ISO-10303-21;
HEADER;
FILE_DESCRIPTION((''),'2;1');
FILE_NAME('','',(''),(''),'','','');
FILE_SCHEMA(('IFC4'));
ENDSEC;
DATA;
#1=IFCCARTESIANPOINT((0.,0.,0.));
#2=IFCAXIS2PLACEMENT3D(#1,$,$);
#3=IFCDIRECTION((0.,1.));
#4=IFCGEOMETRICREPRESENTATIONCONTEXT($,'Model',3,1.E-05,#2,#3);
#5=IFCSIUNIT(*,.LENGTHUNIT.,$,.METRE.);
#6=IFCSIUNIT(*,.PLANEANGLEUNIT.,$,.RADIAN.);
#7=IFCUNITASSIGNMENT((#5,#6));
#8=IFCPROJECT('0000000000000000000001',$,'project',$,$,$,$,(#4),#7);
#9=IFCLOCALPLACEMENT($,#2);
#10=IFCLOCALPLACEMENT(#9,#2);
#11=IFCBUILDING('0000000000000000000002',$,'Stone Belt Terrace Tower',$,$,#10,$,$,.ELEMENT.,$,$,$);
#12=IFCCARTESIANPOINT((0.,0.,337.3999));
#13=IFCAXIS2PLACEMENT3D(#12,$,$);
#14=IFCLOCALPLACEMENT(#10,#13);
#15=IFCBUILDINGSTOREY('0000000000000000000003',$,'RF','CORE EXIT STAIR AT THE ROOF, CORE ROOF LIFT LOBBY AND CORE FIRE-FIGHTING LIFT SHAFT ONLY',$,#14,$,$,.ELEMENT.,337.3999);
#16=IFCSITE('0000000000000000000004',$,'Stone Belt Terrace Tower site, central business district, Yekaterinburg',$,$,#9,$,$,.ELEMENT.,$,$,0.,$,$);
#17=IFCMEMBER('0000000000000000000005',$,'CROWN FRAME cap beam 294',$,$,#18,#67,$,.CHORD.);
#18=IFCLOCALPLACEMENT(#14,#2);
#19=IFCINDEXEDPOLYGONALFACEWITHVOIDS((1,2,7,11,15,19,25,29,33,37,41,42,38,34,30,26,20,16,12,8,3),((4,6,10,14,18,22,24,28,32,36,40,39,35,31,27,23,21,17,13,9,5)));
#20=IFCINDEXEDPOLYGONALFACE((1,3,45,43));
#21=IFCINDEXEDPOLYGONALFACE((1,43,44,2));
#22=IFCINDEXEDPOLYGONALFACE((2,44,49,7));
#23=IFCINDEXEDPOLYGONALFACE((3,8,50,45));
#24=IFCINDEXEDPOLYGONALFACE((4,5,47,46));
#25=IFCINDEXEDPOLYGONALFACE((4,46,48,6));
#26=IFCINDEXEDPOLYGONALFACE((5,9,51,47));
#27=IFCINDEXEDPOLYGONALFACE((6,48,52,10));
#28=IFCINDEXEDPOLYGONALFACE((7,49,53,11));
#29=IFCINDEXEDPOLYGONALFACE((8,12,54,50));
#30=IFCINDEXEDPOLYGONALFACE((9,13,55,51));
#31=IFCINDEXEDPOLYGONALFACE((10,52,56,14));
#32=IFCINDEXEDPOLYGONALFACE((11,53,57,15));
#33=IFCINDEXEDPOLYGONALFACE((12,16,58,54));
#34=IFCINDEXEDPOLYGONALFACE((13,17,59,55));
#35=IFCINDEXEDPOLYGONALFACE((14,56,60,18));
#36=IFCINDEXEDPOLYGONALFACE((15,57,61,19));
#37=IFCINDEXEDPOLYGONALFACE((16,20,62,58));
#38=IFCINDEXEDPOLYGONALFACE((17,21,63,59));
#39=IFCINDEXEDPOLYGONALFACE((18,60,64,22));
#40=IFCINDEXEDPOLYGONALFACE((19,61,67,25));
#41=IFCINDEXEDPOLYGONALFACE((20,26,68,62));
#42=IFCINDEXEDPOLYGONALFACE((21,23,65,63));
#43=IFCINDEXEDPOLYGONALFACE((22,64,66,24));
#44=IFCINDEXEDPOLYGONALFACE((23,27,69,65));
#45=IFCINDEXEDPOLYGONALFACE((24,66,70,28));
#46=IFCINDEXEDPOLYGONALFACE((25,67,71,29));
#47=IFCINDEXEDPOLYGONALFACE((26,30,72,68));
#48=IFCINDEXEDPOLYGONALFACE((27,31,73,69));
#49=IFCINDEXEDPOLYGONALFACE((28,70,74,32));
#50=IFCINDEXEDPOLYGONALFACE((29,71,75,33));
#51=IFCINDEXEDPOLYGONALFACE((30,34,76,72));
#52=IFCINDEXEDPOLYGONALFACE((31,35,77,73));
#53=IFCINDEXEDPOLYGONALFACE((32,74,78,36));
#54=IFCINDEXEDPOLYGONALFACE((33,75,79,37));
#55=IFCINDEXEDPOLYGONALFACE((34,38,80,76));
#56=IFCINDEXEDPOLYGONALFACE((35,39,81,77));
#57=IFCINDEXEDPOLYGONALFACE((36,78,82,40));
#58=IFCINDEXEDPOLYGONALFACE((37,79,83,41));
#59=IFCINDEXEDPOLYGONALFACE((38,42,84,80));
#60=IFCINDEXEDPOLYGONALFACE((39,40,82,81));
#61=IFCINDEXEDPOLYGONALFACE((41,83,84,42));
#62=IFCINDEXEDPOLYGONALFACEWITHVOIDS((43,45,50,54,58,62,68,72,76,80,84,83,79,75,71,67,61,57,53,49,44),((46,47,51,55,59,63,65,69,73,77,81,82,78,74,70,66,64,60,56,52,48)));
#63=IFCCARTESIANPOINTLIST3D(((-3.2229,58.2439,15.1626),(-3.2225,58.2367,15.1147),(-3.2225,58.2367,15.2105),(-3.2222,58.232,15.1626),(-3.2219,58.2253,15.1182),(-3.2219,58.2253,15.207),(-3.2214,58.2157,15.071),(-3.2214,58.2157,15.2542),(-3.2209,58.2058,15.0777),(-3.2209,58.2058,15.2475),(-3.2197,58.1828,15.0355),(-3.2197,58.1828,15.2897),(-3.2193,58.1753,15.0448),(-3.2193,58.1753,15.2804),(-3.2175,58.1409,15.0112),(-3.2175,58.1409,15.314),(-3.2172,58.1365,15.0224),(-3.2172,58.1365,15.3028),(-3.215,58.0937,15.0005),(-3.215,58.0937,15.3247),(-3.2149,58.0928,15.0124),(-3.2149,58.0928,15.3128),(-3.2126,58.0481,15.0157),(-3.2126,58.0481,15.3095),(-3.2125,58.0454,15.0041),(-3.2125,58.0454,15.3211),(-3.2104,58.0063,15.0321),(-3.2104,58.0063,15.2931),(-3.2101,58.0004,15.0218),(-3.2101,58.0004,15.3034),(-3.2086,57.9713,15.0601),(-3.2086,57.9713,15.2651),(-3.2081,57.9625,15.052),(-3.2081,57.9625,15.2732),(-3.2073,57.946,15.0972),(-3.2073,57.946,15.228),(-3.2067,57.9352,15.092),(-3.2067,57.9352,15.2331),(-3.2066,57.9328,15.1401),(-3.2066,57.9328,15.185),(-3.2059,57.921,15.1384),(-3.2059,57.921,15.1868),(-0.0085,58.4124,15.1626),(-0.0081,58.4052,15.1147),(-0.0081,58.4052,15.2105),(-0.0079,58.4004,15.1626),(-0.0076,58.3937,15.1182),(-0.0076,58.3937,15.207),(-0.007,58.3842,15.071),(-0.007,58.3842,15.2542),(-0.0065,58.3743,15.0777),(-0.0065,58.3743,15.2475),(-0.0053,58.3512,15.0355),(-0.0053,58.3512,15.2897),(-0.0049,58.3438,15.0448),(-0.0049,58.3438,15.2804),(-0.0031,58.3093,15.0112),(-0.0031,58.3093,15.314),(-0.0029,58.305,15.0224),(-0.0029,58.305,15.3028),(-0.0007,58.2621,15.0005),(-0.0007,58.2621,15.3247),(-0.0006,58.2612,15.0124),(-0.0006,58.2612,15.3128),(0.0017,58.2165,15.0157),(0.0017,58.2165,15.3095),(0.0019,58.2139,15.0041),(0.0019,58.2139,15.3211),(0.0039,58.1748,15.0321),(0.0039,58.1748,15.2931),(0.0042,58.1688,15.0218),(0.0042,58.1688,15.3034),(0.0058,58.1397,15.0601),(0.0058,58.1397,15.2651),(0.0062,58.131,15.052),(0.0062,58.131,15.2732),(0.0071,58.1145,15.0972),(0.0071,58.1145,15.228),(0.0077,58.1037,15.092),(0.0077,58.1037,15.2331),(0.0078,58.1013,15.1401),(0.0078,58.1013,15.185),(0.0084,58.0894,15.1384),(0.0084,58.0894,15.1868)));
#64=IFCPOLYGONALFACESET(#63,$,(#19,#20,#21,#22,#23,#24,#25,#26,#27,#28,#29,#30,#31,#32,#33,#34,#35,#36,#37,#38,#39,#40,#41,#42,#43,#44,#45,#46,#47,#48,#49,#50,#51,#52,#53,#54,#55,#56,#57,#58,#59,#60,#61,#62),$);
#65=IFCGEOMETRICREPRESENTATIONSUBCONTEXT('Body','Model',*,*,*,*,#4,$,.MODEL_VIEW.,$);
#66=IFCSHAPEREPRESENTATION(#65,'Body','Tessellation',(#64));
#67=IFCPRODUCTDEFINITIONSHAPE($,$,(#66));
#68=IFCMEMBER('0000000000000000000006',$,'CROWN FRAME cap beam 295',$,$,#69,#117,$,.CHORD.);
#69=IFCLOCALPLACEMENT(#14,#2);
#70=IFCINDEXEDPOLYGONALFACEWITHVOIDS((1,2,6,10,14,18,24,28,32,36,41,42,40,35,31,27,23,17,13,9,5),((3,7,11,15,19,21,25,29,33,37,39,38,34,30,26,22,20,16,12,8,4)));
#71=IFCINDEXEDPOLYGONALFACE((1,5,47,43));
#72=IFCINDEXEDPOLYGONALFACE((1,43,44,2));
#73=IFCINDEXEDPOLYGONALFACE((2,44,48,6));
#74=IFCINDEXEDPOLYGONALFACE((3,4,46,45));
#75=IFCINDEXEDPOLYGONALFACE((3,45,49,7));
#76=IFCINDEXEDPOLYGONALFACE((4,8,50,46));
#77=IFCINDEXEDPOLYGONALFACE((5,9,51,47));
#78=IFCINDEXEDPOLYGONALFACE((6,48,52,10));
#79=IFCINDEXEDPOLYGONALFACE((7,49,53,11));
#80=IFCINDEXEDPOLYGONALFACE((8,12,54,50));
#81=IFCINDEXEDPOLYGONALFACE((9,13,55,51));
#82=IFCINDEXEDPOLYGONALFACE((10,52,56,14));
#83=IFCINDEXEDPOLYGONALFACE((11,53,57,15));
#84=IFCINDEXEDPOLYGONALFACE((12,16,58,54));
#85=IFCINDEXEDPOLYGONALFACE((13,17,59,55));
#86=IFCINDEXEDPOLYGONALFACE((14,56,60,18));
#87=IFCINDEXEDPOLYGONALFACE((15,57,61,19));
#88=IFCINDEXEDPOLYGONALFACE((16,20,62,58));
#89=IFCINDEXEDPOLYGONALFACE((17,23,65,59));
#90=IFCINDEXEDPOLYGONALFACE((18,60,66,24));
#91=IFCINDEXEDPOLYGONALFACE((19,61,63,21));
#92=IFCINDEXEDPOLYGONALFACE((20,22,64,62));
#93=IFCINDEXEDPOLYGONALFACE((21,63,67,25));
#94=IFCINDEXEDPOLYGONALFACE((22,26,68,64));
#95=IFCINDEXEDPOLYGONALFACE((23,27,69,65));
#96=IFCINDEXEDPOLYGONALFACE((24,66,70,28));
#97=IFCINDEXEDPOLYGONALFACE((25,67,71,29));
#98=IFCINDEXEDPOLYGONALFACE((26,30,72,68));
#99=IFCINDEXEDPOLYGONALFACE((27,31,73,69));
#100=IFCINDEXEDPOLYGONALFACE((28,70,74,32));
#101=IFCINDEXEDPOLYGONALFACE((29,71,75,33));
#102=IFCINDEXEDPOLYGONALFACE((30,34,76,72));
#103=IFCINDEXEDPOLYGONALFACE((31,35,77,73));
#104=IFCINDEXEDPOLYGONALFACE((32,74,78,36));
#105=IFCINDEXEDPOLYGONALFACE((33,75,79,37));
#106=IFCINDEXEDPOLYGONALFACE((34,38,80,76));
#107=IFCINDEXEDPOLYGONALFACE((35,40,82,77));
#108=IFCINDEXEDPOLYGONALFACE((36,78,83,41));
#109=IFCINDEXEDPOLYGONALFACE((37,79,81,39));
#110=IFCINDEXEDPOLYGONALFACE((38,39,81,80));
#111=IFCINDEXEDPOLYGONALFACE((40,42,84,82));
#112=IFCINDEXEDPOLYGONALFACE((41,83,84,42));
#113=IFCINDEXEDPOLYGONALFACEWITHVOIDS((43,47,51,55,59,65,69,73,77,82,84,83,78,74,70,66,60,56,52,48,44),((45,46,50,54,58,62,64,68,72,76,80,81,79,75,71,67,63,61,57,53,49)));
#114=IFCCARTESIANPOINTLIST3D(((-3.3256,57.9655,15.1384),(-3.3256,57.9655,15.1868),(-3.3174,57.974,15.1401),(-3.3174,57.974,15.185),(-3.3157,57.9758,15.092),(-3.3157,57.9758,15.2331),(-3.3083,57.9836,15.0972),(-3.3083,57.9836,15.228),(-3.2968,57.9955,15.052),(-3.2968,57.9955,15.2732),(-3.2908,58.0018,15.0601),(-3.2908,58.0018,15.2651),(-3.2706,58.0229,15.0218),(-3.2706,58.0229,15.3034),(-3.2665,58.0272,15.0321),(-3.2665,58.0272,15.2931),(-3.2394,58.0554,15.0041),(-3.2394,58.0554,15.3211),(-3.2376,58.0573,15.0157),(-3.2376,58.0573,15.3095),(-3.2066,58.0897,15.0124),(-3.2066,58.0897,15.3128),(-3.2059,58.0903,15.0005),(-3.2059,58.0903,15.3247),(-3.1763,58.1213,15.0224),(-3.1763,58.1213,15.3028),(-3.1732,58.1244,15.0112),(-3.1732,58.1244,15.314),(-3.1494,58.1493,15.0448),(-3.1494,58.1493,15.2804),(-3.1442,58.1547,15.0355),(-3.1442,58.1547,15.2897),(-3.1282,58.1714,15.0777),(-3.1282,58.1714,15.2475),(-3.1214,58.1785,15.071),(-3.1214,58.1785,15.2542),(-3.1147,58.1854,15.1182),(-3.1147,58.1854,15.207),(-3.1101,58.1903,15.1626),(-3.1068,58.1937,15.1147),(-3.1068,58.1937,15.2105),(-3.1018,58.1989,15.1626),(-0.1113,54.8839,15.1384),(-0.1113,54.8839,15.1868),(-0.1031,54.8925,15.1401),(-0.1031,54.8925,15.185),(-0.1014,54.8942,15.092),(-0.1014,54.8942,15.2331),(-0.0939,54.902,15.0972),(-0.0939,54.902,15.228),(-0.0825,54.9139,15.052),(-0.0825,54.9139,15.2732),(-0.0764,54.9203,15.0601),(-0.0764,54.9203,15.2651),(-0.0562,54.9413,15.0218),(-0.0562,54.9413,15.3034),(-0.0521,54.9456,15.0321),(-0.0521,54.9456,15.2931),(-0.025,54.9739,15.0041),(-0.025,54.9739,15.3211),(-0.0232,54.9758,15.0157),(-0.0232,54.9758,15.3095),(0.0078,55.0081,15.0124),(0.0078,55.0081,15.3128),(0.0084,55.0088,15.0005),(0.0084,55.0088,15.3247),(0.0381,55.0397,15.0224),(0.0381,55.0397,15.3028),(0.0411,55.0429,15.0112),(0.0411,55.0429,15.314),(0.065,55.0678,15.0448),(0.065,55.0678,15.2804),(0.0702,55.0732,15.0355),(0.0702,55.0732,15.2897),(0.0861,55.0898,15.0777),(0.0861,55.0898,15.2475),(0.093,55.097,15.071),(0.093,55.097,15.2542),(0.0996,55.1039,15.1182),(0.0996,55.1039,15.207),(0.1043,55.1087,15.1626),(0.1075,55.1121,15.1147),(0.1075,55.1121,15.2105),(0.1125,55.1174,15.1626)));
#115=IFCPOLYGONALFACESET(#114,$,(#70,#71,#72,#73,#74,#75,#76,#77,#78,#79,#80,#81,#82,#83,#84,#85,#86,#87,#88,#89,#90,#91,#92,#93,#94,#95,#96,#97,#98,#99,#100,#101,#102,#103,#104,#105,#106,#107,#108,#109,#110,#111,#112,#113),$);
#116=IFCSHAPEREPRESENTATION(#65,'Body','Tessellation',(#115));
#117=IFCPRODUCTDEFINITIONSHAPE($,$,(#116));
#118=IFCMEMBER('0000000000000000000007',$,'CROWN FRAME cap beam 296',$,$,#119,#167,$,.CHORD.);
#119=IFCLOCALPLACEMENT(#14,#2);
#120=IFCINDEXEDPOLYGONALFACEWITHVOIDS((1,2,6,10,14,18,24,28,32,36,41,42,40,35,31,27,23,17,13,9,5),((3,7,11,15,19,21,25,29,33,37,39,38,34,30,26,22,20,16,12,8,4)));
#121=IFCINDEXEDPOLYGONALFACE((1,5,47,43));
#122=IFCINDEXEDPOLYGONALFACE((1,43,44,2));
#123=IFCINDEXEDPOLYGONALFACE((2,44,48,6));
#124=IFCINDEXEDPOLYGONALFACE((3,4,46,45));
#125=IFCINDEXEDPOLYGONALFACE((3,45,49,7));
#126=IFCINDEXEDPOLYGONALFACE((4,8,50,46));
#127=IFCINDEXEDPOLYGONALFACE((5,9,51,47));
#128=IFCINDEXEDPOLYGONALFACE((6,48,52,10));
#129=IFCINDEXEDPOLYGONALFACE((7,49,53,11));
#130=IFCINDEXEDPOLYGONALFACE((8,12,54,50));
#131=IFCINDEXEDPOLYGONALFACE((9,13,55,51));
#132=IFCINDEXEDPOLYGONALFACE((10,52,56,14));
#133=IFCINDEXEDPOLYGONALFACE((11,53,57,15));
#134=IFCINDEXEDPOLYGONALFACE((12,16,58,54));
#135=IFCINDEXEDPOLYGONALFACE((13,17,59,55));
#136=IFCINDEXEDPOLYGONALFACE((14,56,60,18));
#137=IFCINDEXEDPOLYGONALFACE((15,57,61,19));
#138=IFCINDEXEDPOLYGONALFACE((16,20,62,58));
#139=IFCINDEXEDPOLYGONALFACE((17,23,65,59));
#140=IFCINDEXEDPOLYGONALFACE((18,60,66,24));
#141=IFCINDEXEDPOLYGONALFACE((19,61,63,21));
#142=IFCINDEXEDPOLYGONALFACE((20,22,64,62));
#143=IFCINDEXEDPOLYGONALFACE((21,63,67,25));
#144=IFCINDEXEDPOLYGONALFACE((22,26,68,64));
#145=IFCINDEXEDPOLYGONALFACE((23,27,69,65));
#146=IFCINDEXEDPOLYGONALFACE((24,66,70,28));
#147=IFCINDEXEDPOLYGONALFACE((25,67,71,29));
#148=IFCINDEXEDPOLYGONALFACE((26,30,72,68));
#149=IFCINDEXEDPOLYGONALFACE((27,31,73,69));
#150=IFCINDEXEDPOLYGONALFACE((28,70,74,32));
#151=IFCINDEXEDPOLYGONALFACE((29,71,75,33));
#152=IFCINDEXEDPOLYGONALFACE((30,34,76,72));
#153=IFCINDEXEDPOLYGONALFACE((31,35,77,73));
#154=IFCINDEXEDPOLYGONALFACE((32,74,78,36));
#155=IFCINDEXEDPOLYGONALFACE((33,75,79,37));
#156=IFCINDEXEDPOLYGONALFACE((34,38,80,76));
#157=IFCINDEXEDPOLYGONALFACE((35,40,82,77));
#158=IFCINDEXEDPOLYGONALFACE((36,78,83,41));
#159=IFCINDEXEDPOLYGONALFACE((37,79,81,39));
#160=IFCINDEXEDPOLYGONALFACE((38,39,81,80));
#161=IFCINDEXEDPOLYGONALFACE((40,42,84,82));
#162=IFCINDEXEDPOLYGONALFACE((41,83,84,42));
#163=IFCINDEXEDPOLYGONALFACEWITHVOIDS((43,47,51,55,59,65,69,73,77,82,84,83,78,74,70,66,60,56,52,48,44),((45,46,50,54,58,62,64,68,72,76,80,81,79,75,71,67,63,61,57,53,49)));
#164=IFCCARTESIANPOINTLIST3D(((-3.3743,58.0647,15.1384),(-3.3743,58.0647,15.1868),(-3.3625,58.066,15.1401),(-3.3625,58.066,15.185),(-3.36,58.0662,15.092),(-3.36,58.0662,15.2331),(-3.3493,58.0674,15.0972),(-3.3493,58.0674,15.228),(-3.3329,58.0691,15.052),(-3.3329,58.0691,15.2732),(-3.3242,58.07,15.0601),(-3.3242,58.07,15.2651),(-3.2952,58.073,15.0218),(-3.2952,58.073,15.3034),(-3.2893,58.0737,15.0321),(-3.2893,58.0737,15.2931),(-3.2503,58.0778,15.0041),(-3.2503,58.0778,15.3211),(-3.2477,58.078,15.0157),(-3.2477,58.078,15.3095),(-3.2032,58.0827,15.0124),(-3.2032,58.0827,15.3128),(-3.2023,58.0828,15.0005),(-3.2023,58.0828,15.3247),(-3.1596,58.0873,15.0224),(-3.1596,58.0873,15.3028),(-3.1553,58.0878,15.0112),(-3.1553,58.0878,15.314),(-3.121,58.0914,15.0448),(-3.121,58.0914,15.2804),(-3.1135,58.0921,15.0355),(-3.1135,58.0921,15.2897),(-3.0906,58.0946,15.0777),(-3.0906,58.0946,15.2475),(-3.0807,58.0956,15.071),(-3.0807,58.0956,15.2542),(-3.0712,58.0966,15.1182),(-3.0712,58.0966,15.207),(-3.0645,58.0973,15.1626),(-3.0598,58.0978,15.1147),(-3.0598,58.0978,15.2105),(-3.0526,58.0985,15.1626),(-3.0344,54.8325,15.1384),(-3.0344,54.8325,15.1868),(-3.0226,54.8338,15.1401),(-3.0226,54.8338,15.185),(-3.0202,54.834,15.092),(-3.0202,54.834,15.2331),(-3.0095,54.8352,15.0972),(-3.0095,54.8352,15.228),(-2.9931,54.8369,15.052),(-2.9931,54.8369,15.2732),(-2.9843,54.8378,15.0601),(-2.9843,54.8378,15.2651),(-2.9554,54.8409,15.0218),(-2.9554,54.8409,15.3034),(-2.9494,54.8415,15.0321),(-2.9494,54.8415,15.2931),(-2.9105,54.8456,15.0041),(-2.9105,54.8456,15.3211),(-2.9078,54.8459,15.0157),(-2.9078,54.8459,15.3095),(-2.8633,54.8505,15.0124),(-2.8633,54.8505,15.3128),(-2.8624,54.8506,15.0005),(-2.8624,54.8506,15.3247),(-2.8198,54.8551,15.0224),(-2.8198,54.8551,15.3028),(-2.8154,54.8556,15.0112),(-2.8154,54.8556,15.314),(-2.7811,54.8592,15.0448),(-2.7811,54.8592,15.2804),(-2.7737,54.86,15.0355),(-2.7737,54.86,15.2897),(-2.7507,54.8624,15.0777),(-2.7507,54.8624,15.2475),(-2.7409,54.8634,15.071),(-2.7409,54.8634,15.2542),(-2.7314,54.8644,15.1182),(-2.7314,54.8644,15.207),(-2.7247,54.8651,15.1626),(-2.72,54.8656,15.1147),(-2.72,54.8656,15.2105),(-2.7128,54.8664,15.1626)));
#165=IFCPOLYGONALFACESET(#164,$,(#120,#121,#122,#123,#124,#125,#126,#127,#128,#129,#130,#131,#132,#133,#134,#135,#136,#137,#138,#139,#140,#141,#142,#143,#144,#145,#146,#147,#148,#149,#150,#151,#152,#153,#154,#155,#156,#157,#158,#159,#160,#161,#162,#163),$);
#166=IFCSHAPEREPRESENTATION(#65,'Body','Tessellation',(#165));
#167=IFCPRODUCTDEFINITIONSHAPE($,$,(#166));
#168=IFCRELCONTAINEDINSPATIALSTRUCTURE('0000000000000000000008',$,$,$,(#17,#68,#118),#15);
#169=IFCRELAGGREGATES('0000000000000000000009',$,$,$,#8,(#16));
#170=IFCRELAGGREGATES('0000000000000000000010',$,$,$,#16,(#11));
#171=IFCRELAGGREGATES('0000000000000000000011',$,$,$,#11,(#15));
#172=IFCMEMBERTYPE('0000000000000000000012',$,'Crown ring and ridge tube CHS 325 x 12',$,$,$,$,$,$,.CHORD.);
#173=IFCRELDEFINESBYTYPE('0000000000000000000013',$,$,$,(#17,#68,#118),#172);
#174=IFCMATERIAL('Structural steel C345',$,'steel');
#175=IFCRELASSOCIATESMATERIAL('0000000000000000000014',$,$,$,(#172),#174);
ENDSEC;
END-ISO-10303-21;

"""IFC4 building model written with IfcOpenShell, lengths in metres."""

from ifc_helpers import new_model, si_unit, direction, frame, origin, origin_2d, place, context, subcontext, project, spatial, hollow_circle, extrude, material, material_profile, profile_set, type_object, element, save


model = new_model("IFC4")

# Units and contexts
model_context = context("Model", 3, precision=1e-05, world=origin(), true_north=direction((0.0, 1.0)))
body_context = subcontext(model_context, "Body", "Model", "MODEL_VIEW")
ifc_project = project(units=[si_unit("LENGTHUNIT", "METRE"), si_unit("PLANEANGLEUNIT", "RADIAN")], contexts=[model_context])

# Site, building, storey
site_placement = place(None, origin())
site = spatial("IfcSite", under=ifc_project, at=site_placement, Name="Stone Belt Terrace Tower site, central business district, Yekaterinburg", CompositionType="ELEMENT", RefElevation=0.0)
building_placement = place(site_placement, origin())
building = spatial("IfcBuilding", under=site, at=building_placement, Name="Stone Belt Terrace Tower", CompositionType="ELEMENT")
storey_placement = place(building_placement, frame((0.0, 0.0, 337.3999)))
storey = spatial("IfcBuildingStorey", under=building, at=storey_placement, Name="RF", Description="CORE EXIT STAIR AT THE ROOF, CORE ROOF LIFT LOBBY AND CORE FIRE-FIGHTING LIFT SHAFT ONLY", CompositionType="ELEMENT", Elevation=337.3999)

# Members
ifc_material_1 = material(Name="Structural steel C345", Category="steel")
ifc_material_profile = material_profile(ifc_material_1, hollow_circle(Radius=0.1626, WallThickness=0.012, at=origin_2d()), Name="Structural steel C345 CHS 325x12")
ifc_profile_set = profile_set([ifc_material_profile], Name="Structural steel C345")
member_type = type_object("IfcMemberType", Name="Crown ring and ridge tube CHS 325 x 12", PredefinedType="CHORD", material=ifc_profile_set)
member_1_placement = place(storey_placement, frame((-3.2144, 58.0815, 15.1626), z_axis=(0.99863, 0.052336, 0.0), x_axis=(-0.052336, 0.99863, 0.0)))
element("IfcMember", 1, at=member_1_placement, inside=storey, type_object=member_type, Name="CROWN FRAME cap beam 294", PredefinedType="CHORD", context=body_context, shape_type="SweptSolid", body=[
    extrude(hollow_circle(Radius=0.1626, WallThickness=0.012, at=origin_2d()), origin(), (0.0, 0.0, 1.0), 3.2188),
])
member_2_placement = place(storey_placement, frame((-3.2144, 58.0815, 15.1626), z_axis=(0.721863, -0.692036, 0.0), x_axis=(0.692036, 0.721863, 0.0)))
element("IfcMember", 2, at=member_2_placement, inside=storey, type_object=member_type, Name="CROWN FRAME cap beam 295", PredefinedType="CHORD", context=body_context, shape_type="SweptSolid", body=[
    extrude(hollow_circle(Radius=0.1626, WallThickness=0.012, at=origin_2d()), origin(), (0.0, 0.0, 1.0), 4.4529),
])
for number, where, z_axis, x_axis, name in (
    (3, (-3.2144, 58.0815, 15.1626), (0.104567, -0.994518, 0.0), (0.994518, 0.104567, 0.0), "CROWN FRAME cap beam 296"),
):
    element("IfcMember", number, at=place(storey_placement, frame(where, z_axis=z_axis, x_axis=x_axis)), inside=storey, type_object=member_type, Name=name, PredefinedType="CHORD", context=body_context, shape_type="SweptSolid", body=[
        extrude(hollow_circle(Radius=0.1626, WallThickness=0.012, at=origin_2d()), origin(), (0.0, 0.0, 1.0), 3.25),
    ])

save(model, "model.ifc")
